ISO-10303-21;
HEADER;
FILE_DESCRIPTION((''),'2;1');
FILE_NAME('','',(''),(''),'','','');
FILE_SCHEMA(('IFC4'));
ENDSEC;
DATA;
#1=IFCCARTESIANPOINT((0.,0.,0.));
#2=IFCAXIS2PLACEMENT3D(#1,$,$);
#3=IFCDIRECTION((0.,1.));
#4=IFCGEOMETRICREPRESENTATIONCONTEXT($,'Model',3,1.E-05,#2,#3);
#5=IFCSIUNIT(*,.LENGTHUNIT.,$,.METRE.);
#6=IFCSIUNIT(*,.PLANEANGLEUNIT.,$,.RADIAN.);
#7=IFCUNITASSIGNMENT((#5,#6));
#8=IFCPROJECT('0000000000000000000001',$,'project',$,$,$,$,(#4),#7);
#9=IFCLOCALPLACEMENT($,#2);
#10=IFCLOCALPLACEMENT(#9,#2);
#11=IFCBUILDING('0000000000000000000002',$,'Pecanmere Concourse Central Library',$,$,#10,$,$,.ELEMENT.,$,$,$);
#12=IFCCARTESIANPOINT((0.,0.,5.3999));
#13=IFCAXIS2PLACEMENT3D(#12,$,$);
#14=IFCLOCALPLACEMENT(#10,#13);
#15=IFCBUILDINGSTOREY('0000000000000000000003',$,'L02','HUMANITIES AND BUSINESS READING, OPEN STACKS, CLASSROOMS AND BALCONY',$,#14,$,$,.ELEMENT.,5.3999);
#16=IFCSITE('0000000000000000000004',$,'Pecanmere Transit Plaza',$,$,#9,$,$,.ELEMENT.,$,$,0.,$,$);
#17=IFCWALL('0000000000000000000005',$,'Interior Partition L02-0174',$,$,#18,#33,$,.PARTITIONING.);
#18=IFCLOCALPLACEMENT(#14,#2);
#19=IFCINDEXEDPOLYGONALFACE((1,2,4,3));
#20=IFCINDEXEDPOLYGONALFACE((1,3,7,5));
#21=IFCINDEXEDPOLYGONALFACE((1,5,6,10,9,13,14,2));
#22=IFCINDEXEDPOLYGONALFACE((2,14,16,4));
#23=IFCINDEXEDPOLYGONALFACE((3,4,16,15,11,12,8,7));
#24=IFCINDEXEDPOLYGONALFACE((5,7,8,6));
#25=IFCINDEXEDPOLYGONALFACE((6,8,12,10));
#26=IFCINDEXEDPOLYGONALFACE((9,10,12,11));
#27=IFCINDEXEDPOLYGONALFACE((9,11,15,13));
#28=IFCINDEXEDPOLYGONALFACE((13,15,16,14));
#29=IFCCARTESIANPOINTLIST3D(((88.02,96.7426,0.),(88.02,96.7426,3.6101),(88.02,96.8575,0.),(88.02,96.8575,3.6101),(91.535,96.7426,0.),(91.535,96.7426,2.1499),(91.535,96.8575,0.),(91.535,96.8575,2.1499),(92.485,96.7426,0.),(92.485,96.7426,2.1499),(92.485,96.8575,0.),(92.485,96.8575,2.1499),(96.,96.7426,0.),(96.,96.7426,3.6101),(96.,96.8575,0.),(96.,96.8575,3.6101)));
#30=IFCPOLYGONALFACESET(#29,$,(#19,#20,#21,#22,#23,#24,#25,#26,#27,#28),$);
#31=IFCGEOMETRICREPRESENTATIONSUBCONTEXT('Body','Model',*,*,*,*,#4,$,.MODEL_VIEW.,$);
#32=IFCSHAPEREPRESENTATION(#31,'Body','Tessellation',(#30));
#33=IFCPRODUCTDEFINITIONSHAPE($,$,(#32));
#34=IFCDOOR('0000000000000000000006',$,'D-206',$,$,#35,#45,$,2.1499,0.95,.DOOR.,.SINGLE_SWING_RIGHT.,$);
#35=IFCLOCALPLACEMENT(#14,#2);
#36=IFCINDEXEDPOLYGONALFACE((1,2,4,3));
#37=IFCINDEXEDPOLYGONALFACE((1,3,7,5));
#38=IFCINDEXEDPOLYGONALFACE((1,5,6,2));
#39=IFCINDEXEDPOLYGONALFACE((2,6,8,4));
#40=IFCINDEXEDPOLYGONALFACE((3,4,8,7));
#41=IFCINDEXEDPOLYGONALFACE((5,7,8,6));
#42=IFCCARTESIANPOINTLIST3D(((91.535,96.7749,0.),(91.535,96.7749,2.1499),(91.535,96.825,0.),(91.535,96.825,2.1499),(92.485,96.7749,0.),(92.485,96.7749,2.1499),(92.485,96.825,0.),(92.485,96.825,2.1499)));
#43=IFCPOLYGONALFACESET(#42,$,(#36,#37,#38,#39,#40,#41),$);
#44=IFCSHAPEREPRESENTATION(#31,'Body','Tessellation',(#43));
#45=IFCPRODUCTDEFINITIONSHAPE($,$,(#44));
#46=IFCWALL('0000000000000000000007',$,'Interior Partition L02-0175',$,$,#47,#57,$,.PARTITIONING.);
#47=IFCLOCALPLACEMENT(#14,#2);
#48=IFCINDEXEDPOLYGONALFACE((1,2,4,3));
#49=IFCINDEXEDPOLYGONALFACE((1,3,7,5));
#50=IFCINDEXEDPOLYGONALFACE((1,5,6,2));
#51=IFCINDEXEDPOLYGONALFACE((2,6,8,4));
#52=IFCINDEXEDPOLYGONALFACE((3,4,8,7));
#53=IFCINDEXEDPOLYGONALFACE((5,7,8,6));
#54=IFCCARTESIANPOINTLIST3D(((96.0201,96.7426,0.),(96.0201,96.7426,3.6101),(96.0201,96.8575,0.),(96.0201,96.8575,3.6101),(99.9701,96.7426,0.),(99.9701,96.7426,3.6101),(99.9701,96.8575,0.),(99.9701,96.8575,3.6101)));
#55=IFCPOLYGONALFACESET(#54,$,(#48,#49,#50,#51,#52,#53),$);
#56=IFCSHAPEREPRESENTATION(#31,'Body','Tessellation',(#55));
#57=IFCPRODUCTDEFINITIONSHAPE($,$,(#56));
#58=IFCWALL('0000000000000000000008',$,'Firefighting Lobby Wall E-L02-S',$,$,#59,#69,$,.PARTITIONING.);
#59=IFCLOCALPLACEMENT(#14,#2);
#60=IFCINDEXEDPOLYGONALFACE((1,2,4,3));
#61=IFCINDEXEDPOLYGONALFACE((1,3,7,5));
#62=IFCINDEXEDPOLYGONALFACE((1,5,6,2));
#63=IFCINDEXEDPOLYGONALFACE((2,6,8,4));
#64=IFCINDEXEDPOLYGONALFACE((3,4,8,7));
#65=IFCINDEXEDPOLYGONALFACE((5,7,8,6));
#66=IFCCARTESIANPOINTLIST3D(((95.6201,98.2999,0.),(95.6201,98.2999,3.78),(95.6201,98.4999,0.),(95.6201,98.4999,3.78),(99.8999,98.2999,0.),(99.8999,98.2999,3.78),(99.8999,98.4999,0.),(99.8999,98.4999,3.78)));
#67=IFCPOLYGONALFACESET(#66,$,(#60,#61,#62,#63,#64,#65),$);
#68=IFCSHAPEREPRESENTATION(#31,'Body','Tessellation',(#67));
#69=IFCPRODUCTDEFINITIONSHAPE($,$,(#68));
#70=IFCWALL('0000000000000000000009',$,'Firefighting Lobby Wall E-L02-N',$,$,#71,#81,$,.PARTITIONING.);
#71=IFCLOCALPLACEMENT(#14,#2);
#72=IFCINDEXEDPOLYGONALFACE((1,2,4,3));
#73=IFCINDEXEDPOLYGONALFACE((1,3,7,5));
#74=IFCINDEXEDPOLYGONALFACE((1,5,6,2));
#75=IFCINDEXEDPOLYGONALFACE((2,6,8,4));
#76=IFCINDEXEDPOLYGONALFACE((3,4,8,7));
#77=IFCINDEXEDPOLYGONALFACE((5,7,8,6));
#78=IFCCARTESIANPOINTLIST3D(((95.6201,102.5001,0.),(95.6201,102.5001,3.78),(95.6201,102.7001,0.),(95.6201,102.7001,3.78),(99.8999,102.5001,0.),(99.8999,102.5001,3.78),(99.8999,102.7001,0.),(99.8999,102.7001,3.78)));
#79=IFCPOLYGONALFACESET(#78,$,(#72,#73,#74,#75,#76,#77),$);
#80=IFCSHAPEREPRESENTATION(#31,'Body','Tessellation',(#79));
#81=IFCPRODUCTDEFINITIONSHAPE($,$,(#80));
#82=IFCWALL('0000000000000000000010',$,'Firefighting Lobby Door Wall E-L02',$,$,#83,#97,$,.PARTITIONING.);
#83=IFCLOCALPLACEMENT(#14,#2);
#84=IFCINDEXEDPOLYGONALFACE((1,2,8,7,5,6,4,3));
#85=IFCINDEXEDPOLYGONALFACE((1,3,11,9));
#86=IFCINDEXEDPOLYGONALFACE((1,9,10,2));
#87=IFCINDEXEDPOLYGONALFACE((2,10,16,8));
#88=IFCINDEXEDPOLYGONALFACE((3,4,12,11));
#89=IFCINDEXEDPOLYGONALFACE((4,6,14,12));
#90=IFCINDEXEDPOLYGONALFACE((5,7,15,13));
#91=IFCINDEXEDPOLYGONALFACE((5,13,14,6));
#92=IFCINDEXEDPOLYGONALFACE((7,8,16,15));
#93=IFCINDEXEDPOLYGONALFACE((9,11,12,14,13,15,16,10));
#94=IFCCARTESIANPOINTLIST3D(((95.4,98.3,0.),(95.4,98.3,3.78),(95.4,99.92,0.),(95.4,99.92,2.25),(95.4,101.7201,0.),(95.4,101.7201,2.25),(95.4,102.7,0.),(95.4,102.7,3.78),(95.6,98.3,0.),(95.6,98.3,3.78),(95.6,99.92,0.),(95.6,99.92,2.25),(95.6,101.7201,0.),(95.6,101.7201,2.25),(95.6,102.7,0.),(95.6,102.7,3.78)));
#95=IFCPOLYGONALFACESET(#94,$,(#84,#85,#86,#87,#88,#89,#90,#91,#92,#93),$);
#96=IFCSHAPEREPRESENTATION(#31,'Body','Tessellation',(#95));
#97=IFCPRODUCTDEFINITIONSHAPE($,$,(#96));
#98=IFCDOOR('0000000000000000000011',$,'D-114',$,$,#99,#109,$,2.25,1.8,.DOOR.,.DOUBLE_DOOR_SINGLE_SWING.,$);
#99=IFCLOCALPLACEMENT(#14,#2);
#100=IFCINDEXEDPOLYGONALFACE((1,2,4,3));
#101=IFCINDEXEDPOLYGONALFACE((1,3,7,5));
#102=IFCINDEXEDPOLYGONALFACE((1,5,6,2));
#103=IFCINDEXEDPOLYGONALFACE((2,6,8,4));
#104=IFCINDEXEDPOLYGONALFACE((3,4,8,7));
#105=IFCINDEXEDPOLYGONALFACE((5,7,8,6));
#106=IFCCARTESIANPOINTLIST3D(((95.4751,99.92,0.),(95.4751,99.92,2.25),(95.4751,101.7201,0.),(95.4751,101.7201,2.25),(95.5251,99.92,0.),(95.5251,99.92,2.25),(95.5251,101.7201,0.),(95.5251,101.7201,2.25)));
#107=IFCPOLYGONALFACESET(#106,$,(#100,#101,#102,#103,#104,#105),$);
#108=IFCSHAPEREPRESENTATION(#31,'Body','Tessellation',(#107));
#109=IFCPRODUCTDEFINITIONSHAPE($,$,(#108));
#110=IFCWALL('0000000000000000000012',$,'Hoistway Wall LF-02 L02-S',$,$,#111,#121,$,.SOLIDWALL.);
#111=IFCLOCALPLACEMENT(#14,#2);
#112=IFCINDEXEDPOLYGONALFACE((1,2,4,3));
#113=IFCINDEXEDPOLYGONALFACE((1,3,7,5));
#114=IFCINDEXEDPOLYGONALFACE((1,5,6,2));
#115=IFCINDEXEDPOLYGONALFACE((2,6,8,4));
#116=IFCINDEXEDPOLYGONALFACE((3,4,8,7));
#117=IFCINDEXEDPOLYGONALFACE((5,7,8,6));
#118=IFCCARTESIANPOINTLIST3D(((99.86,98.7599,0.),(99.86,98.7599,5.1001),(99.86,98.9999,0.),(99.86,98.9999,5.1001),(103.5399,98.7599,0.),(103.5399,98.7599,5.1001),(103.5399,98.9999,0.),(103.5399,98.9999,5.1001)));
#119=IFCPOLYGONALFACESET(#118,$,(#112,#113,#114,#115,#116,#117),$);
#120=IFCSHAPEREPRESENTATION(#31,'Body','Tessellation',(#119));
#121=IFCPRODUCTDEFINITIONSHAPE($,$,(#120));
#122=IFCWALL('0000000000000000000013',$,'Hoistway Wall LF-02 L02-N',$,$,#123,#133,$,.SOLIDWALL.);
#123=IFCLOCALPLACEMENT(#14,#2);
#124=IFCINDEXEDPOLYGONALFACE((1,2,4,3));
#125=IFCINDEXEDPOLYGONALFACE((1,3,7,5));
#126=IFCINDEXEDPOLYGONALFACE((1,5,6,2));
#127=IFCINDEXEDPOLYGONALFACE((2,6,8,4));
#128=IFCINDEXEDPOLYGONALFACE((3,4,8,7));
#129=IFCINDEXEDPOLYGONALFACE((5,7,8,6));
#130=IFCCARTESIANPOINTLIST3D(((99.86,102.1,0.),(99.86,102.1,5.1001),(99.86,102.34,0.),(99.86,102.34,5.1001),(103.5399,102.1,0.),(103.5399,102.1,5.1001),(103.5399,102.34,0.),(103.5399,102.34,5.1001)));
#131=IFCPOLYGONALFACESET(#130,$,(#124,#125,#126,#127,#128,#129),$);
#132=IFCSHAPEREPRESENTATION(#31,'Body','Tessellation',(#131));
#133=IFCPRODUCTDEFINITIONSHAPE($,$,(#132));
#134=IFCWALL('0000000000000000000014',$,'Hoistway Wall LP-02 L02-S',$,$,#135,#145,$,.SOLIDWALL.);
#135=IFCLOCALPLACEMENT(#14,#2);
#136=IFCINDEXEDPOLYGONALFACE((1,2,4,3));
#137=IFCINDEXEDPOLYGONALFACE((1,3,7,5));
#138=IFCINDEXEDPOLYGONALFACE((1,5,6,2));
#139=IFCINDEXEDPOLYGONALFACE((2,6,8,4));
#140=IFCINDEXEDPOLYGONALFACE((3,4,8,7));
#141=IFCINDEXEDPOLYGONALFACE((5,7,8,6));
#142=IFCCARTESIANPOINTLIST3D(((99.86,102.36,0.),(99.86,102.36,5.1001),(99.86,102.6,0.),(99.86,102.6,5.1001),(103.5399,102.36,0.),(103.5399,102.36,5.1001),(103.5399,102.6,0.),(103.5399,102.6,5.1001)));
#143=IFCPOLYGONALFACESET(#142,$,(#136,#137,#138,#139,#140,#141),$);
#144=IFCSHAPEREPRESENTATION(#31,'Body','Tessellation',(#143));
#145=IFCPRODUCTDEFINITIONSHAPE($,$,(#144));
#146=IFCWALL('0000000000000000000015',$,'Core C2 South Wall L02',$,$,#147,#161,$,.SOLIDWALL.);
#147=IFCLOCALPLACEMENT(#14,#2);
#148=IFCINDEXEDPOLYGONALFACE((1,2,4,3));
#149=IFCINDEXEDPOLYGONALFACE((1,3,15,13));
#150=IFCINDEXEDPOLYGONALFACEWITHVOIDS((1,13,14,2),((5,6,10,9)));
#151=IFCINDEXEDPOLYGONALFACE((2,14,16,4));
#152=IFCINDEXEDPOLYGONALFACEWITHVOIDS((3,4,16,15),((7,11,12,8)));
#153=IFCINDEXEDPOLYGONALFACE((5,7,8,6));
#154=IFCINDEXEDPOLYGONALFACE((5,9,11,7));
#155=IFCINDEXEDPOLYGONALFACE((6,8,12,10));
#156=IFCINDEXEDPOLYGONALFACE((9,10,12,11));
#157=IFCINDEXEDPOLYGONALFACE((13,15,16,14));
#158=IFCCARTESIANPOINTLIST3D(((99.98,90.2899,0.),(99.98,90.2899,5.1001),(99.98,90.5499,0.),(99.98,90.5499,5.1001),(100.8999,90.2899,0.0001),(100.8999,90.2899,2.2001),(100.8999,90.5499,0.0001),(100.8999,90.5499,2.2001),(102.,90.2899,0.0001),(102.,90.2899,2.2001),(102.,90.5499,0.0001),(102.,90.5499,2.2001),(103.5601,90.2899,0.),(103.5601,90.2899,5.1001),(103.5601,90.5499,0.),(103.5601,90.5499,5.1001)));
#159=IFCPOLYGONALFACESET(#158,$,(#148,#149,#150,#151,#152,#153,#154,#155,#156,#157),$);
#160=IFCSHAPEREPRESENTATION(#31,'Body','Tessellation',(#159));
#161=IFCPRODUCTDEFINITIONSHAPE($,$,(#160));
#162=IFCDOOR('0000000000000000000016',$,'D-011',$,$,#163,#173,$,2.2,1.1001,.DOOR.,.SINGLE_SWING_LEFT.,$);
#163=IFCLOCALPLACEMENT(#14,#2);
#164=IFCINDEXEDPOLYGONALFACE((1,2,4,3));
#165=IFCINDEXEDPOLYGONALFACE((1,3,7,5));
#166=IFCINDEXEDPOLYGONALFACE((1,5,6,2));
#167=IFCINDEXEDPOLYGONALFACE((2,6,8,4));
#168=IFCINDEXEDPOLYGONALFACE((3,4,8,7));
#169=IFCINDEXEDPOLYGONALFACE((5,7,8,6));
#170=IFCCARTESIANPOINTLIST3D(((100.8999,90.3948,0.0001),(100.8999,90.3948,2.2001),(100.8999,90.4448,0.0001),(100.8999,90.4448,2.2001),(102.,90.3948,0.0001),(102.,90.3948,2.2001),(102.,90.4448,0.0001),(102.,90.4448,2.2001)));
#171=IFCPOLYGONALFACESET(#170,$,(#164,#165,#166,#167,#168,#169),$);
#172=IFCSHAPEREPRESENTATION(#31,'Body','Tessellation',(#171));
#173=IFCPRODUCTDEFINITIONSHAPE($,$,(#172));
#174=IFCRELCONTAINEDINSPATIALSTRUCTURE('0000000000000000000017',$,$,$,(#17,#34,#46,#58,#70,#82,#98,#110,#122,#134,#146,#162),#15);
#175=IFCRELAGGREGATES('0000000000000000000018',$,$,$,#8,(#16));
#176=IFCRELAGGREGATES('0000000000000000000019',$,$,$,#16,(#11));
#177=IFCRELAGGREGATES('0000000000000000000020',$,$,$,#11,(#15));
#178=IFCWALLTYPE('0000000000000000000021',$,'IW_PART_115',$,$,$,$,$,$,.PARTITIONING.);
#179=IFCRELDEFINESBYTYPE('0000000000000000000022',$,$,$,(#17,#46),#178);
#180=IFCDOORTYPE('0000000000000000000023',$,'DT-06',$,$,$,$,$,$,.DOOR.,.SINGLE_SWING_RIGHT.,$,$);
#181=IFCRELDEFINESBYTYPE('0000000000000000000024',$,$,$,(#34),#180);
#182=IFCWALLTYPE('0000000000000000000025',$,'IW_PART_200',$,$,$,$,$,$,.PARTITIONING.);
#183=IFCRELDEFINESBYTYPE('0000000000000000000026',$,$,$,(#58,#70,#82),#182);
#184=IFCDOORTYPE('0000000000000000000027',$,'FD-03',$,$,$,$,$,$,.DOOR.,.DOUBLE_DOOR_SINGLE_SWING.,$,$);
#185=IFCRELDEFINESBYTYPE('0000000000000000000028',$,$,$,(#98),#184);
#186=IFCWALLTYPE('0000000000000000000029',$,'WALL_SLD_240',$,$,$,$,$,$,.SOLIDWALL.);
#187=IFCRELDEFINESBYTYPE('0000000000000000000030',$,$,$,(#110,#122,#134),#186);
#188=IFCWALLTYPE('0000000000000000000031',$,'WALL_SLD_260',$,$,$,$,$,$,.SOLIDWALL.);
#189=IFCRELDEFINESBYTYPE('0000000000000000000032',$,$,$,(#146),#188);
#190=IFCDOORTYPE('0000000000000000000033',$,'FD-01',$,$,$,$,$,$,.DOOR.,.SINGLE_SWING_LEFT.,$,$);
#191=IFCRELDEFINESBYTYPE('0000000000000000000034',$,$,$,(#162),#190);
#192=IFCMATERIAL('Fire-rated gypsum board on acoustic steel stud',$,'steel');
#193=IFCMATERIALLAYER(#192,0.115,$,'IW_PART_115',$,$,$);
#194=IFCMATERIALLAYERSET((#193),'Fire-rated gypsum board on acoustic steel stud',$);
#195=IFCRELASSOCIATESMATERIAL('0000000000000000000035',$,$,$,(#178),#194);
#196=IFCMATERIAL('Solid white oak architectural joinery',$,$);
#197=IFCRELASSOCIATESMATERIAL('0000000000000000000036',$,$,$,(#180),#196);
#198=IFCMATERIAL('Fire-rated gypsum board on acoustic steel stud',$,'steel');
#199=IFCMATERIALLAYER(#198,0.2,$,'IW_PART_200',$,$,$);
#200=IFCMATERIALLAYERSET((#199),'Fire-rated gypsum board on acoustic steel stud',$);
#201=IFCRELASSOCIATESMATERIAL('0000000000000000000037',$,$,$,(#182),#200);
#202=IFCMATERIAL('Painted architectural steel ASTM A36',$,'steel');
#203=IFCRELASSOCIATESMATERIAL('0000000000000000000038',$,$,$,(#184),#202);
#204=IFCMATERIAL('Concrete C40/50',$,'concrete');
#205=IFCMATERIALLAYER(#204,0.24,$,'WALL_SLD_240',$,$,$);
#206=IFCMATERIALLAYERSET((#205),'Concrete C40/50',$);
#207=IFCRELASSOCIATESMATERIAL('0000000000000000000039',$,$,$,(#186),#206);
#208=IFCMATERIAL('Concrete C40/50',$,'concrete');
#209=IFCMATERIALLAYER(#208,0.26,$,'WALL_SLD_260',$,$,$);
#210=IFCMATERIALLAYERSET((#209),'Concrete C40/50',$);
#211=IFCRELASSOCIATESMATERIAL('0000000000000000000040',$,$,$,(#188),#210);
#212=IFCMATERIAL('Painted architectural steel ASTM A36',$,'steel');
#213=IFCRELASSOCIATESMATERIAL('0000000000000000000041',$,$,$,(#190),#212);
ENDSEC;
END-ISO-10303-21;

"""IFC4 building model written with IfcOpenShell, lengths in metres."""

from ifc_helpers import new_model, si_unit, direction, frame, frame_2d, origin, place, context, subcontext, project, spatial, rectangle, extrude, material, layer, layer_set, type_object, element, fill, save


model = new_model("IFC4")

# Units and contexts
model_context = context("Model", 3, precision=1e-05, world=origin(), true_north=direction((0.0, 1.0)))
body_context = subcontext(model_context, "Body", "Model", "MODEL_VIEW")
ifc_project = project(units=[si_unit("LENGTHUNIT", "METRE"), si_unit("PLANEANGLEUNIT", "RADIAN")], contexts=[model_context])

# Site, building, storey
site_placement = place(None, origin())
site = spatial("IfcSite", under=ifc_project, at=site_placement, Name="Pecanmere Transit Plaza", CompositionType="ELEMENT", RefElevation=0.0)
building_placement = place(site_placement, origin())
building = spatial("IfcBuilding", under=site, at=building_placement, Name="Pecanmere Concourse Central Library", CompositionType="ELEMENT")
storey_placement = place(building_placement, frame((0.0, 0.0, 5.3999)))
storey = spatial("IfcBuildingStorey", under=building, at=storey_placement, Name="L02", Description="HUMANITIES AND BUSINESS READING, OPEN STACKS, CLASSROOMS AND BALCONY", CompositionType="ELEMENT", Elevation=5.3999)

# Wall, opening, door
ifc_material_1 = material(Name="Fire-rated gypsum board on acoustic steel stud", Category="steel")
ifc_layer_1 = layer(ifc_material_1, 0.115, Name="IW_PART_115")
ifc_layer_set_1 = layer_set([ifc_layer_1], Name="Fire-rated gypsum board on acoustic steel stud")
wall_type_1 = type_object("IfcWallType", Name="IW_PART_115", PredefinedType="PARTITIONING", material=ifc_layer_set_1)
wall_1_placement = place(storey_placement, frame((88.02, 96.8, 0.0), z_axis=(0.0, 0.0, 1.0), x_axis=(1.0, 0.0, 0.0)))
wall_1 = element("IfcWall", 1, at=wall_1_placement, inside=storey, type_object=wall_type_1, Name="Interior Partition L02-0174", PredefinedType="PARTITIONING", context=body_context, shape_type="SweptSolid", body=[
    extrude(rectangle(XDim=7.98, YDim=0.115, at=frame_2d((3.99, 0.0))), origin(), (0.0, 0.0, 1.0), 3.6101),
])
opening_1_placement = place(wall_1_placement, frame((3.5149, 0.0, 0.0)))
opening_1 = element("IfcOpeningElement", 2, at=opening_1_placement, cuts=wall_1, PredefinedType="OPENING", context=body_context, shape_type="SweptSolid", body=[
    extrude(rectangle(XDim=0.95, YDim=2.1499, at=frame_2d((0.4751, 1.075))), frame((0.0, 0.0693, 0.0), z_axis=(0.0, -1.0, 0.0), x_axis=(1.0, 0.0, 0.0)), (0.0, 0.0, 1.0), 0.1389),
])
ifc_material_2 = material(Name="Solid white oak architectural joinery")
door_type_1 = type_object("IfcDoorType", Name="DT-06", OperationType="SINGLE_SWING_RIGHT", PredefinedType="DOOR", material=ifc_material_2)
door_1_placement = place(opening_1_placement, origin())
door_1 = element("IfcDoor", 3, at=door_1_placement, inside=storey, type_object=door_type_1, Name="D-206", OperationType="SINGLE_SWING_RIGHT", OverallHeight=2.1499, OverallWidth=0.95, PredefinedType="DOOR", context=body_context, shape_type="SweptSolid", body=[
    extrude(rectangle(XDim=0.95, YDim=2.1499, at=frame_2d((0.4751, 1.075))), frame((0.0, 0.0249, 0.0), z_axis=(0.0, -1.0, 0.0), x_axis=(1.0, 0.0, 0.0)), (0.0, 0.0, 1.0), 0.05),
])
fill(opening_1, door_1)

# Walls
wall_2_placement = place(storey_placement, frame((96.02, 96.8, 0.0), z_axis=(0.0, 0.0, 1.0), x_axis=(1.0, 0.0, 0.0)))
element("IfcWall", 4, at=wall_2_placement, inside=storey, type_object=wall_type_1, Name="Interior Partition L02-0175", PredefinedType="PARTITIONING", context=body_context, shape_type="SweptSolid", body=[
    extrude(rectangle(XDim=3.95, YDim=0.115, at=frame_2d((1.9751, 0.0))), origin(), (0.0, 0.0, 1.0), 3.6101),
])
ifc_material_3 = material(Name="Fire-rated gypsum board on acoustic steel stud", Category="steel")
ifc_layer_2 = layer(ifc_material_3, 0.2, Name="IW_PART_200")
ifc_layer_set_2 = layer_set([ifc_layer_2], Name="Fire-rated gypsum board on acoustic steel stud")
wall_type_2 = type_object("IfcWallType", Name="IW_PART_200", PredefinedType="PARTITIONING", material=ifc_layer_set_2)
for number, where, z_axis, x_axis, name in (
    (5, (95.6201, 98.3999, 0.0), (0.0, 0.0, 1.0), (1.0, 0.0, 0.0), "Firefighting Lobby Wall E-L02-S"),
    (6, (95.6201, 102.6001, 0.0), (0.0, 0.0, 1.0), (1.0, 0.0, 0.0), "Firefighting Lobby Wall E-L02-N"),
):
    element("IfcWall", number, at=place(storey_placement, frame(where, z_axis=z_axis, x_axis=x_axis)), inside=storey, type_object=wall_type_2, Name=name, PredefinedType="PARTITIONING", context=body_context, shape_type="SweptSolid", body=[
        extrude(rectangle(XDim=4.2798, YDim=0.2, at=frame_2d((2.1399, 0.0))), origin(), (0.0, 0.0, 1.0), 3.78),
    ])

# Wall, opening, door
wall_3_placement = place(storey_placement, frame((95.5, 98.3, 0.0), z_axis=(0.0, 0.0, 1.0), x_axis=(0.0, 1.0, 0.0)))
wall_3 = element("IfcWall", 7, at=wall_3_placement, inside=storey, type_object=wall_type_2, Name="Firefighting Lobby Door Wall E-L02", PredefinedType="PARTITIONING", context=body_context, shape_type="SweptSolid", body=[
    extrude(rectangle(XDim=4.3999, YDim=0.2, at=frame_2d((2.2, 0.0))), origin(), (0.0, 0.0, 1.0), 3.78),
])
opening_2_placement = place(wall_3_placement, frame((1.6201, 0.0, 0.0)))
opening_2 = element("IfcOpeningElement", 8, at=opening_2_placement, cuts=wall_3, PredefinedType="OPENING", context=body_context, shape_type="SweptSolid", body=[
    extrude(rectangle(XDim=1.8, YDim=2.25, at=frame_2d((0.8999, 1.125))), frame((0.0, 0.1118, 0.0), z_axis=(0.0, -1.0, 0.0), x_axis=(1.0, 0.0, 0.0)), (0.0, 0.0, 1.0), 0.2239),
])
ifc_material_4 = material(Name="Painted architectural steel ASTM A36", Category="steel")
door_type_2 = type_object("IfcDoorType", Name="FD-03", OperationType="DOUBLE_DOOR_SINGLE_SWING", PredefinedType="DOOR", material=ifc_material_4)
door_2_placement = place(opening_2_placement, origin())
door_2 = element("IfcDoor", 9, at=door_2_placement, inside=storey, type_object=door_type_2, Name="D-114", OperationType="DOUBLE_DOOR_SINGLE_SWING", OverallHeight=2.25, OverallWidth=1.8, PredefinedType="DOOR", context=body_context, shape_type="SweptSolid", body=[
    extrude(rectangle(XDim=1.8, YDim=2.25, at=frame_2d((0.8999, 1.125))), frame((0.0, 0.0249, 0.0), z_axis=(0.0, -1.0, 0.0), x_axis=(1.0, 0.0, 0.0)), (0.0, 0.0, 1.0), 0.05),
])
fill(opening_2, door_2)

# Walls
ifc_material_5 = material(Name="Concrete C40/50", Category="concrete")
ifc_layer_3 = layer(ifc_material_5, 0.24, Name="WALL_SLD_240")
ifc_layer_set_3 = layer_set([ifc_layer_3], Name="Concrete C40/50")
wall_type_3 = type_object("IfcWallType", Name="WALL_SLD_240", PredefinedType="SOLIDWALL", material=ifc_layer_set_3)
for number, where, z_axis, x_axis, name in (
    (10, (99.8601, 98.8799, 0.0), (0.0, 0.0, 1.0), (1.0, 0.0, 0.0), "Hoistway Wall LF-02 L02-S"),
    (11, (99.8601, 102.22, 0.0), (0.0, 0.0, 1.0), (1.0, 0.0, 0.0), "Hoistway Wall LF-02 L02-N"),
    (12, (99.8601, 102.48, 0.0), (0.0, 0.0, 1.0), (1.0, 0.0, 0.0), "Hoistway Wall LP-02 L02-S"),
):
    element("IfcWall", number, at=place(storey_placement, frame(where, z_axis=z_axis, x_axis=x_axis)), inside=storey, type_object=wall_type_3, Name=name, PredefinedType="SOLIDWALL", context=body_context, shape_type="SweptSolid", body=[
        extrude(rectangle(XDim=3.6799, YDim=0.24, at=frame_2d((1.8398, 0.0))), origin(), (0.0, 0.0, 1.0), 5.1001),
    ])

# Wall, opening, door
ifc_material_6 = material(Name="Concrete C40/50", Category="concrete")
ifc_layer_4 = layer(ifc_material_6, 0.26, Name="WALL_SLD_260")
ifc_layer_set_4 = layer_set([ifc_layer_4], Name="Concrete C40/50")
wall_type_4 = type_object("IfcWallType", Name="WALL_SLD_260", PredefinedType="SOLIDWALL", material=ifc_layer_set_4)
wall_4_placement = place(storey_placement, frame((99.98, 90.4199, 0.0), z_axis=(0.0, 0.0, 1.0), x_axis=(1.0, 0.0, 0.0)))
wall_4 = element("IfcWall", 13, at=wall_4_placement, inside=storey, type_object=wall_type_4, Name="Core C2 South Wall L02", PredefinedType="SOLIDWALL", context=body_context, shape_type="SweptSolid", body=[
    extrude(rectangle(XDim=3.5801, YDim=0.26, at=frame_2d((1.79, 0.0))), origin(), (0.0, 0.0, 1.0), 5.1001),
])
opening_3_placement = place(wall_4_placement, frame((0.9199, 0.0, 0.0)))
opening_3 = element("IfcOpeningElement", 14, at=opening_3_placement, cuts=wall_4, PredefinedType="OPENING", context=body_context, shape_type="SweptSolid", body=[
    extrude(rectangle(XDim=1.1001, YDim=2.2, at=frame_2d((0.55, 1.1001))), frame((0.0, 0.1421, 0.0), z_axis=(0.0, -1.0, 0.0), x_axis=(1.0, 0.0, 0.0)), (0.0, 0.0, 1.0), 0.2839),
])
ifc_material_7 = material(Name="Painted architectural steel ASTM A36", Category="steel")
door_type_3 = type_object("IfcDoorType", Name="FD-01", OperationType="SINGLE_SWING_LEFT", PredefinedType="DOOR", material=ifc_material_7)
door_3_placement = place(opening_3_placement, origin())
door_3 = element("IfcDoor", 15, at=door_3_placement, inside=storey, type_object=door_type_3, Name="D-011", OperationType="SINGLE_SWING_LEFT", OverallHeight=2.2, OverallWidth=1.1001, PredefinedType="DOOR", context=body_context, shape_type="SweptSolid", body=[
    extrude(rectangle(XDim=1.1001, YDim=2.2, at=frame_2d((0.55, 1.1001))), frame((0.0, 0.0249, 0.0), z_axis=(0.0, -1.0, 0.0), x_axis=(1.0, 0.0, 0.0)), (0.0, 0.0, 1.0), 0.05),
])
fill(opening_3, door_3)

save(model, "model.ifc")
